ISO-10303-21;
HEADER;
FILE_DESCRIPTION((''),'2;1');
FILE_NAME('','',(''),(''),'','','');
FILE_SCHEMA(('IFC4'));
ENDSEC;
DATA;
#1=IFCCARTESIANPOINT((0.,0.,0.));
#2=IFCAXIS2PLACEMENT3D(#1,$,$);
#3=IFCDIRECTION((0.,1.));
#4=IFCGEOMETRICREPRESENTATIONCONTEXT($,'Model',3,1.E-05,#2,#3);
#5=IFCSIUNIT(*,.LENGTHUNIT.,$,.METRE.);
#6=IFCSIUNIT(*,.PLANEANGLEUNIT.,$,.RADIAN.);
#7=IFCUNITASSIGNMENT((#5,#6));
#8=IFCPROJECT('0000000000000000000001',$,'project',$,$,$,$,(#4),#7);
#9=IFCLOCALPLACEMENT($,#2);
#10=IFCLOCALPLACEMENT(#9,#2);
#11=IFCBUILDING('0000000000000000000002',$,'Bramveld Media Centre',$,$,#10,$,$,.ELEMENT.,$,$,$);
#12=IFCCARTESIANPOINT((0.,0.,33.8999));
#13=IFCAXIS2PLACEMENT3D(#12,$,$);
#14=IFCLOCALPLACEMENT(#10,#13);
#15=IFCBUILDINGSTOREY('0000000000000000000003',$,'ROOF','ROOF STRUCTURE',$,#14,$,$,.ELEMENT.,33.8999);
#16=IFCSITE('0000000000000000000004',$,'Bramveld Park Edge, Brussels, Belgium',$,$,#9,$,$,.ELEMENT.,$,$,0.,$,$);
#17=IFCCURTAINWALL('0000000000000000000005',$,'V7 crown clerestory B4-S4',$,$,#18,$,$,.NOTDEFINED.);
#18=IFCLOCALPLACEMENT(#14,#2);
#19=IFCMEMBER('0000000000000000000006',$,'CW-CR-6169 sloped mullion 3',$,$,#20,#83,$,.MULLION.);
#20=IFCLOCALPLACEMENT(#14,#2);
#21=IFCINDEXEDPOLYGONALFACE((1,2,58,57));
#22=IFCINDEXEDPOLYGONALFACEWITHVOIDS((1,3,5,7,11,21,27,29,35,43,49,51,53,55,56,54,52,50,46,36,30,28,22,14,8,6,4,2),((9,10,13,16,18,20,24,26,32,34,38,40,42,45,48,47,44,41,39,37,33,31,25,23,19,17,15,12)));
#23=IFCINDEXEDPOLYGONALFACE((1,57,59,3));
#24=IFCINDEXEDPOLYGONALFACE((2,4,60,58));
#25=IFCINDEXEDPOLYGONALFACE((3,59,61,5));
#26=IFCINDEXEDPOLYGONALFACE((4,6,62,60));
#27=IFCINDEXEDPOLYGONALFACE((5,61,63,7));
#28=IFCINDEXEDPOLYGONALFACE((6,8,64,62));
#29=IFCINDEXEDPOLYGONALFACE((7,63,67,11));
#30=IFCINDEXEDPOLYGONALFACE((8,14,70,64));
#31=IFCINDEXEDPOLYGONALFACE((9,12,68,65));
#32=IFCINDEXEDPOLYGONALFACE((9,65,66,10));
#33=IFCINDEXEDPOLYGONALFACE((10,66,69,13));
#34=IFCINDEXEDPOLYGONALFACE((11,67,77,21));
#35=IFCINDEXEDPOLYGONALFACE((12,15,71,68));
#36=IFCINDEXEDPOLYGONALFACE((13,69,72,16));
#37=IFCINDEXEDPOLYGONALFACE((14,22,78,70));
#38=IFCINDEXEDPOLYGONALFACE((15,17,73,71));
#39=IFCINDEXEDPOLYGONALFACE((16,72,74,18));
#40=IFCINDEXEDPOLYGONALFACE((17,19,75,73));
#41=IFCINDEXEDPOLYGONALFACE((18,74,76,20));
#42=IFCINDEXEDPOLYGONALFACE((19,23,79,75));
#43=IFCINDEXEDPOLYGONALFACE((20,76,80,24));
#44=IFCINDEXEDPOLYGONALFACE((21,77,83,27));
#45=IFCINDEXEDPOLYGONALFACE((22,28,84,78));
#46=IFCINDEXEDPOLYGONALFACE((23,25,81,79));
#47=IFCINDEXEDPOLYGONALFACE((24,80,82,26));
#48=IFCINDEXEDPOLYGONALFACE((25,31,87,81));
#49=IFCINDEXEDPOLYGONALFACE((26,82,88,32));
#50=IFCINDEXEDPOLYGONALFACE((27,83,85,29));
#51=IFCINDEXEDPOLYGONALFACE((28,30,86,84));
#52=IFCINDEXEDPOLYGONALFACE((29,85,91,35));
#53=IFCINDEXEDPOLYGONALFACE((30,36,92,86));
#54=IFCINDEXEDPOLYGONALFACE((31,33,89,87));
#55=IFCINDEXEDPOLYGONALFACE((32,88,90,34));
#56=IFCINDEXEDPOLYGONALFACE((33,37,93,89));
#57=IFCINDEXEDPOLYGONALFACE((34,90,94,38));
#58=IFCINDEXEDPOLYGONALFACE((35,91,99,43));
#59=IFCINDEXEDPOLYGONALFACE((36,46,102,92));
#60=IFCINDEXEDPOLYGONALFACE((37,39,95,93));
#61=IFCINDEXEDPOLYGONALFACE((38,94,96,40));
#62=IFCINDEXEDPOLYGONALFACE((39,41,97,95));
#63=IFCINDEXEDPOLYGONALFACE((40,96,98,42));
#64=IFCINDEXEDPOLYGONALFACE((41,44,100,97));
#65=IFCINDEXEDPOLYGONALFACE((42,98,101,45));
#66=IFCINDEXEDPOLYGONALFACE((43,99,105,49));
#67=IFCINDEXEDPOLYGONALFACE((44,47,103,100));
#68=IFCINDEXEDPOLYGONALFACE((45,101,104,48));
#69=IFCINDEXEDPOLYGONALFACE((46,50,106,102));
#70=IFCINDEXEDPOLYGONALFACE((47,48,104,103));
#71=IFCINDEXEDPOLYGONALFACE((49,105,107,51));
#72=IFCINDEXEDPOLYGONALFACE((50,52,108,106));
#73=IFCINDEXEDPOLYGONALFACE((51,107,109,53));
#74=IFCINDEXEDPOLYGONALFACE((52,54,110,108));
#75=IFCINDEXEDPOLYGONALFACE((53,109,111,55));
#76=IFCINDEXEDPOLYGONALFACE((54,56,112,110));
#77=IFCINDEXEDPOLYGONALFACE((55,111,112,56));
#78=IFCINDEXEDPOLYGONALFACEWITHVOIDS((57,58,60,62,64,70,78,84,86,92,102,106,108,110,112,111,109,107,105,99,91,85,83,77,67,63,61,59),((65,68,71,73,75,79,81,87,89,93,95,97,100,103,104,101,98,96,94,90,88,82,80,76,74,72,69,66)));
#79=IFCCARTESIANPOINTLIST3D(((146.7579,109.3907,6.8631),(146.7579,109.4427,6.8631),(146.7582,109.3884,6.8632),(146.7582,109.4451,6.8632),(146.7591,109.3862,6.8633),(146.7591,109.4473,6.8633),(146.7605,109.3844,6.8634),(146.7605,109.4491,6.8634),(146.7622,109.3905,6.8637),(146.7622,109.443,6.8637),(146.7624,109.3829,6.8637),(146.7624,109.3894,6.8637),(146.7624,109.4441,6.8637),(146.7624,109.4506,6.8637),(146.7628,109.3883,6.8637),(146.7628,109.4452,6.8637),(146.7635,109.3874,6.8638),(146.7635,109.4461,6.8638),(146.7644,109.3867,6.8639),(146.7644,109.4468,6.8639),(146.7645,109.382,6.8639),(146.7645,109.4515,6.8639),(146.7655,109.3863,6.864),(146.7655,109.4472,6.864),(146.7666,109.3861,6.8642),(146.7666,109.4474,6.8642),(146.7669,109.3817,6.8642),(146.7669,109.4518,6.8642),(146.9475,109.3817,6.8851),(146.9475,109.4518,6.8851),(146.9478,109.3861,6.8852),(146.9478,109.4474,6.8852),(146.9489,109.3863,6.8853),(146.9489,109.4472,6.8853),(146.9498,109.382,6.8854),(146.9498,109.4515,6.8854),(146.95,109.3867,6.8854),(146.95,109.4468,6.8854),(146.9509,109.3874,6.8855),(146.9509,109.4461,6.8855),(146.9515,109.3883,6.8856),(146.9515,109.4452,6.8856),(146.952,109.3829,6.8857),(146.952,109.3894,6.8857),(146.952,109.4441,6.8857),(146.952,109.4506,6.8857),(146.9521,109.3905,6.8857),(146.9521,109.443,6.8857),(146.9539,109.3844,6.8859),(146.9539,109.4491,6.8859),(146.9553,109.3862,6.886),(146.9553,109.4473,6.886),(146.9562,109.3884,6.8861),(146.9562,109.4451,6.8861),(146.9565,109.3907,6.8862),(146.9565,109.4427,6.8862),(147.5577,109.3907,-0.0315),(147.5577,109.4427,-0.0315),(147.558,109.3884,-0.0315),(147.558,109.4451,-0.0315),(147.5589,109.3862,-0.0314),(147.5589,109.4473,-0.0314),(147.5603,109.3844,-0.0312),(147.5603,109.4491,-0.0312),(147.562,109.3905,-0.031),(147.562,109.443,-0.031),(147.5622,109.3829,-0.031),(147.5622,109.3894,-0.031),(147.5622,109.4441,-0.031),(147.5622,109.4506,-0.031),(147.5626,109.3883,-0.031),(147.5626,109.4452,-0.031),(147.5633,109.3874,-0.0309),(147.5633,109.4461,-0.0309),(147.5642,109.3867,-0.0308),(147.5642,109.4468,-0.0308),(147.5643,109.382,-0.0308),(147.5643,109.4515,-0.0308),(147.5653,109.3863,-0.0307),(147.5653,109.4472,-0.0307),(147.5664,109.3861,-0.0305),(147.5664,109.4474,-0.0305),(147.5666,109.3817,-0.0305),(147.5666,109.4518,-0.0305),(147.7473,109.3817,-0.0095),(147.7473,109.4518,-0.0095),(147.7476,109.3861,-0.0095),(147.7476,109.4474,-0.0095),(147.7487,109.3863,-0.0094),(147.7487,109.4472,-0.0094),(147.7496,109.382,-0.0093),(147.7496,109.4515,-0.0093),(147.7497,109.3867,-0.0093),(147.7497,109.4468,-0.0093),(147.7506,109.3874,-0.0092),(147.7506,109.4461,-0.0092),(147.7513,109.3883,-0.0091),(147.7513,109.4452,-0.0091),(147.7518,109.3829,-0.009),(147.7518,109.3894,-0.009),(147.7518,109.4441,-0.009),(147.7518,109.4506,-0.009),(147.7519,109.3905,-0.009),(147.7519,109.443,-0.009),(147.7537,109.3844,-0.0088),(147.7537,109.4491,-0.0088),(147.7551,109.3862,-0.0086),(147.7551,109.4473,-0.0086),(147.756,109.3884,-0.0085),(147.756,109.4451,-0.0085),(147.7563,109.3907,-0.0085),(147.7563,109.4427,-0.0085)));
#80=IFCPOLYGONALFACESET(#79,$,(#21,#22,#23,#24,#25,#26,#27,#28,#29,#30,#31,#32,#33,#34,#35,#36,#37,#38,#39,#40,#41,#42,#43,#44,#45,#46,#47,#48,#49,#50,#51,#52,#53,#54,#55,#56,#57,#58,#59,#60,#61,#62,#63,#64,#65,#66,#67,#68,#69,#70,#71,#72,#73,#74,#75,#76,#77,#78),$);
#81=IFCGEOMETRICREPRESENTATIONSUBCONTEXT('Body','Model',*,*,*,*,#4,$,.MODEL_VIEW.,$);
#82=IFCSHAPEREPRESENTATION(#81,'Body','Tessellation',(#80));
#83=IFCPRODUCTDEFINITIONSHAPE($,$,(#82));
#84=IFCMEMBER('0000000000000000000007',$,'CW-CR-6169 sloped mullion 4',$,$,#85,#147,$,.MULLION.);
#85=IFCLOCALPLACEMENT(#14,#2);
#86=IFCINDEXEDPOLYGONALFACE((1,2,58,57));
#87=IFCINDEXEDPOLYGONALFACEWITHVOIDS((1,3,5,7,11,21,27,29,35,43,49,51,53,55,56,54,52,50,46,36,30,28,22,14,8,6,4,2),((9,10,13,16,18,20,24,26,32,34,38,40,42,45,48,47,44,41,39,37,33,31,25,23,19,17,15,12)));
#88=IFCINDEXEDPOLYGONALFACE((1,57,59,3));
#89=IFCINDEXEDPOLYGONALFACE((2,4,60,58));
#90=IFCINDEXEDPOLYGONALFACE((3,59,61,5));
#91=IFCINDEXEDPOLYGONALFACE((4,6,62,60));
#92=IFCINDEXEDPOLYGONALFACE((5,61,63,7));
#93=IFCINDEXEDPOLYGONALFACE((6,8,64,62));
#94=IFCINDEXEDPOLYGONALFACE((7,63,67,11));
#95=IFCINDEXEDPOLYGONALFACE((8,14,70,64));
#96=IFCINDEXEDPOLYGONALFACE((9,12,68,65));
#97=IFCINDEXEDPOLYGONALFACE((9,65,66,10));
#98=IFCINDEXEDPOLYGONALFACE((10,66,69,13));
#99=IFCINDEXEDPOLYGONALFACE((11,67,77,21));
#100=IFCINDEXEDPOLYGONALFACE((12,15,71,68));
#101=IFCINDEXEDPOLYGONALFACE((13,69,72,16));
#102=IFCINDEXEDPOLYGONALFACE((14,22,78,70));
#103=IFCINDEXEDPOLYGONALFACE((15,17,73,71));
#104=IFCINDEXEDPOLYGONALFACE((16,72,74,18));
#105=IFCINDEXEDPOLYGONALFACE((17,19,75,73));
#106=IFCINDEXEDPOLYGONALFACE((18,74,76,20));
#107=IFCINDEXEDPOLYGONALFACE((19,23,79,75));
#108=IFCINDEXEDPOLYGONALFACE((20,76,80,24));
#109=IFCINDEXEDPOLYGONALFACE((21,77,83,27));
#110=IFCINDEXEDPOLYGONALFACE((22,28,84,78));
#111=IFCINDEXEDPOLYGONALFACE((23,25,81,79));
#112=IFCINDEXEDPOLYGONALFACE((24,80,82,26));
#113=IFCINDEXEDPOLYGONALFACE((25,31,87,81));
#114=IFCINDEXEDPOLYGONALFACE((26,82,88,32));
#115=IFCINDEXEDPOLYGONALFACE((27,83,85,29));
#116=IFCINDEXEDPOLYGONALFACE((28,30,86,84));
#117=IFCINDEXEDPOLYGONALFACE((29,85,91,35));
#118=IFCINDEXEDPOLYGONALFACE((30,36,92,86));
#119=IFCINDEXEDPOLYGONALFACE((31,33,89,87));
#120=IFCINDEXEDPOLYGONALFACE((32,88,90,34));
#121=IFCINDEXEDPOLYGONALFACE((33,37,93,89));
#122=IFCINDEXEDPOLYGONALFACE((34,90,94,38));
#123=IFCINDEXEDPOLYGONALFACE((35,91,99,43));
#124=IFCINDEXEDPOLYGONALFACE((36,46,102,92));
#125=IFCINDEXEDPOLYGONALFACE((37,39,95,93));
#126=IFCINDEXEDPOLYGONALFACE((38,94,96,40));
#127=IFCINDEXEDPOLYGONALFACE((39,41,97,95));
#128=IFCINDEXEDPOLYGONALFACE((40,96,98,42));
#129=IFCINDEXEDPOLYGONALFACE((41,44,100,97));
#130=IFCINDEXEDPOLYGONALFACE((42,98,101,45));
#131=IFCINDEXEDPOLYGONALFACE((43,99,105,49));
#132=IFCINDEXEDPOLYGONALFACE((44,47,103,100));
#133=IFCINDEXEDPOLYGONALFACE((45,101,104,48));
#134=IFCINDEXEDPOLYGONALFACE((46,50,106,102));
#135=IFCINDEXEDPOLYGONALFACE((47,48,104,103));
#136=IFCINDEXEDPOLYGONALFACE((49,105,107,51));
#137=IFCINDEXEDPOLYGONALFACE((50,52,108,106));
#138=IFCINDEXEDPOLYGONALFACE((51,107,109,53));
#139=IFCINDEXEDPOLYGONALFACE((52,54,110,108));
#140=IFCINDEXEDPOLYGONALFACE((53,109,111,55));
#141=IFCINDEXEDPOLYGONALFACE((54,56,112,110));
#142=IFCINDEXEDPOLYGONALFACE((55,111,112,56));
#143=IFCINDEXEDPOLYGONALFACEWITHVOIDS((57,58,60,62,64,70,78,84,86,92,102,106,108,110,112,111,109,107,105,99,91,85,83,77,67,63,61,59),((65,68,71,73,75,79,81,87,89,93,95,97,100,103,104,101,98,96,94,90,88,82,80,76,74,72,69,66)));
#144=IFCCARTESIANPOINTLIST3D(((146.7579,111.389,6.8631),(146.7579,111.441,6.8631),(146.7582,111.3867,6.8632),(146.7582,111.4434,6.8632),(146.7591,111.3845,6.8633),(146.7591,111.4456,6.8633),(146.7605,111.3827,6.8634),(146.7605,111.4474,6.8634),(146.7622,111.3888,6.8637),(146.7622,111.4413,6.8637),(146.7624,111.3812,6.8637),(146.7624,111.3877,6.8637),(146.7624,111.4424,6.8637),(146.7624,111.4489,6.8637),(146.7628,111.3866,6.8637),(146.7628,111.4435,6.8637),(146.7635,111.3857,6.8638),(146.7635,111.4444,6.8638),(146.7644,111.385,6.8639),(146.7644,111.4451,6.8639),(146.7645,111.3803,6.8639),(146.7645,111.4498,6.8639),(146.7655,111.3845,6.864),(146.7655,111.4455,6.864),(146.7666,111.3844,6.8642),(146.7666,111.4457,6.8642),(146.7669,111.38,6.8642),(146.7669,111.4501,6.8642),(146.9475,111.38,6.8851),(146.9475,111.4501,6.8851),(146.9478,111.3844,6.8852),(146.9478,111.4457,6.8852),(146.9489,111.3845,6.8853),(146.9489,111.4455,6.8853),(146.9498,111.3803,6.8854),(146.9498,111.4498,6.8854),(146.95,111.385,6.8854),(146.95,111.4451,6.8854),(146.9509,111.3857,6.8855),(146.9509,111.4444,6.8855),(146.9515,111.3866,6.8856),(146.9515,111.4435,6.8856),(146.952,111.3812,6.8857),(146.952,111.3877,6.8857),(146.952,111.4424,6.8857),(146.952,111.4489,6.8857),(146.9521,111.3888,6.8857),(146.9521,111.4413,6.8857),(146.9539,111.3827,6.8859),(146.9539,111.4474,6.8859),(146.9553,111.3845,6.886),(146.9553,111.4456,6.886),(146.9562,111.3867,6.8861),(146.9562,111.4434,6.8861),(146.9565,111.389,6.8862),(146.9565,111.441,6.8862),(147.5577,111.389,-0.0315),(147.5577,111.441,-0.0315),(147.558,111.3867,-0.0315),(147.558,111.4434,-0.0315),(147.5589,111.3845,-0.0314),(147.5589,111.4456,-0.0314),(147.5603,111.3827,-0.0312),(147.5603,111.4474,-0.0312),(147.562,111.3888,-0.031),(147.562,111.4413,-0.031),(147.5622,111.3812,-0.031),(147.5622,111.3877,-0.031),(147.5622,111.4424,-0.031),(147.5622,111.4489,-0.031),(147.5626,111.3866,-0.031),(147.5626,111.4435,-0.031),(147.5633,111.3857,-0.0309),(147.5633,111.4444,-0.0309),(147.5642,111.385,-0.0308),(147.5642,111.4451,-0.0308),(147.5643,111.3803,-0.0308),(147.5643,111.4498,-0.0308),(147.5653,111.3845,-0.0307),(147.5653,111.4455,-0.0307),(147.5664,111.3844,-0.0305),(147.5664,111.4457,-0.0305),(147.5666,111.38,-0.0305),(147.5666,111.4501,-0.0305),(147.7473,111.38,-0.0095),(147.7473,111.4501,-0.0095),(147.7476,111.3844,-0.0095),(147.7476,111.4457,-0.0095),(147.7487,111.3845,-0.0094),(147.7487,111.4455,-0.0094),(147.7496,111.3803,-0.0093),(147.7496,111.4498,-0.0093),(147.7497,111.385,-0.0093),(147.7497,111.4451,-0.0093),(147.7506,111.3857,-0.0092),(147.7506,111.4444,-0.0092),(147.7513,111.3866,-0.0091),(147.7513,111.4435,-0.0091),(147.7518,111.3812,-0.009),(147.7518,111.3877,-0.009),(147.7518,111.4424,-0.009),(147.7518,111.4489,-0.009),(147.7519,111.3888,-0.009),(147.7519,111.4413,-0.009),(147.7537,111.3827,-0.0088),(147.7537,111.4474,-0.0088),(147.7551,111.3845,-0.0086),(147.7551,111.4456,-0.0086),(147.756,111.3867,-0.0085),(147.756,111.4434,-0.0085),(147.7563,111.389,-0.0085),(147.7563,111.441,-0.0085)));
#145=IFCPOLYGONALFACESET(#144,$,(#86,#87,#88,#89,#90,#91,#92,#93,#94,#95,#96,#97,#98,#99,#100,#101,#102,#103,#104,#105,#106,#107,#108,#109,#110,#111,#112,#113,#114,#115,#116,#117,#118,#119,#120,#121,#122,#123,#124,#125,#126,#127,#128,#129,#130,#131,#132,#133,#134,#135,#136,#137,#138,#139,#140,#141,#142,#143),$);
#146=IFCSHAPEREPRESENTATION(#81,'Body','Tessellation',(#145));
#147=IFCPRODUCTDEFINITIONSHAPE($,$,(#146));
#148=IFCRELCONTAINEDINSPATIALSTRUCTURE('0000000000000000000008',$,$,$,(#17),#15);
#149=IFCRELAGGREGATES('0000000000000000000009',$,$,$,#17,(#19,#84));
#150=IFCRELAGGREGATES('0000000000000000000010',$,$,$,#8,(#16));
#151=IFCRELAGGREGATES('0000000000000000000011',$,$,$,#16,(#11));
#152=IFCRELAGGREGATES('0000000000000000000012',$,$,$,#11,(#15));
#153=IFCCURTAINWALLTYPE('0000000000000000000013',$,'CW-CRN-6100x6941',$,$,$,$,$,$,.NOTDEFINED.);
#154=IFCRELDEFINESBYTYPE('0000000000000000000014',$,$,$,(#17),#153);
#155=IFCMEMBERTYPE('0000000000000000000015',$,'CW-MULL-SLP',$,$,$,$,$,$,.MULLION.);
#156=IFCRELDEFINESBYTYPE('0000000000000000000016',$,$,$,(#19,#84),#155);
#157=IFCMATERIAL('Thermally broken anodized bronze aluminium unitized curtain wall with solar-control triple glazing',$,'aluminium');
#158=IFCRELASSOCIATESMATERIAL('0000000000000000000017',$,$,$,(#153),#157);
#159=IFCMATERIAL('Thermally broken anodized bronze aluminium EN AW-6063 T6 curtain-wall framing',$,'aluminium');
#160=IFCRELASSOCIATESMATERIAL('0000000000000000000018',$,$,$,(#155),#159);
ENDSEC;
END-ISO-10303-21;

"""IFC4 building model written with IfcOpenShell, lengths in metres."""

from ifc_helpers import new_model, si_unit, direction, frame, origin, origin_2d, place, context, subcontext, project, spatial, hollow_rectangle, extrude, material, material_profile, profile_set, type_object, element, aggregate, save


model = new_model("IFC4")

# Units and contexts
model_context = context("Model", 3, precision=1e-05, world=origin(), true_north=direction((0.0, 1.0)))
body_context = subcontext(model_context, "Body", "Model", "MODEL_VIEW")
ifc_project = project(units=[si_unit("LENGTHUNIT", "METRE"), si_unit("PLANEANGLEUNIT", "RADIAN")], contexts=[model_context])

# Site, building, storey
site_placement = place(None, origin())
site = spatial("IfcSite", under=ifc_project, at=site_placement, Name="Bramveld Park Edge, Brussels, Belgium", CompositionType="ELEMENT", RefElevation=0.0)
building_placement = place(site_placement, origin())
building = spatial("IfcBuilding", under=site, at=building_placement, Name="Bramveld Media Centre", CompositionType="ELEMENT")
storey_placement = place(building_placement, frame((0.0, 0.0, 33.8999)))
storey = spatial("IfcBuildingStorey", under=building, at=storey_placement, Name="ROOF", Description="ROOF STRUCTURE", CompositionType="ELEMENT", Elevation=33.8999)

# Curtain wall, members
ifc_material_1 = material(Name="Thermally broken anodized bronze aluminium unitized curtain wall with solar-control triple glazing", Category="aluminium")
curtain_wall_type = type_object("IfcCurtainWallType", Name="CW-CRN-6100x6941", PredefinedType="NOTDEFINED", material=ifc_material_1)
curtain_wall_1_placement = place(storey_placement, origin())
curtain_wall_1 = element("IfcCurtainWall", 1, at=curtain_wall_1_placement, inside=storey, type_object=curtain_wall_type, Name="V7 crown clerestory B4-S4", PredefinedType="NOTDEFINED")
ifc_material_2 = material(Name="Thermally broken anodized bronze aluminium EN AW-6063 T6 curtain-wall framing", Category="aluminium")
ifc_material_profile_1 = material_profile(ifc_material_2, hollow_rectangle(XDim=0.0701, YDim=0.2, WallThickness=0.0044, InnerFilletRadius=0.0044, OuterFilletRadius=0.009, at=origin_2d()), Name="AL-MULL 70x200")
ifc_profile_set_1 = profile_set([ifc_material_profile_1], Name="Thermally broken anodized bronze aluminium EN AW-6063 T6 curtain-wall framing")
member_type_1 = type_object("IfcMemberType", Name="CW-MULL-SLP", PredefinedType="MULLION", material=ifc_profile_set_1)
member_1_placement = place(storey_placement, frame((147.657, 109.4167, -0.02), z_axis=(-0.115229, 0.0, 0.993339), x_axis=(0.0, -1.0, 0.0)))
member_1 = element("IfcMember", 2, at=member_1_placement, type_object=member_type_1, Name="CW-CR-6169 sloped mullion 3", PredefinedType="MULLION", context=body_context, shape_type="SweptSolid", body=[
    extrude(hollow_rectangle(XDim=0.0701, YDim=0.2, WallThickness=0.0044, InnerFilletRadius=0.0044, OuterFilletRadius=0.009, at=origin_2d()), origin(), (0.0, 0.0, 1.0), 6.9409),
])
member_2_placement = place(storey_placement, frame((147.657, 111.415, -0.02), z_axis=(-0.115229, 0.0, 0.993339), x_axis=(0.0, -1.0, 0.0)))
member_2 = element("IfcMember", 3, at=member_2_placement, type_object=member_type_1, Name="CW-CR-6169 sloped mullion 4", PredefinedType="MULLION", context=body_context, shape_type="SweptSolid", body=[
    extrude(hollow_rectangle(XDim=0.0701, YDim=0.2, WallThickness=0.0044, InnerFilletRadius=0.0044, OuterFilletRadius=0.009, at=origin_2d()), origin(), (0.0, 0.0, 1.0), 6.9409),
])

aggregate(curtain_wall_1, [member_1, member_2])

save(model, "model.ifc")
